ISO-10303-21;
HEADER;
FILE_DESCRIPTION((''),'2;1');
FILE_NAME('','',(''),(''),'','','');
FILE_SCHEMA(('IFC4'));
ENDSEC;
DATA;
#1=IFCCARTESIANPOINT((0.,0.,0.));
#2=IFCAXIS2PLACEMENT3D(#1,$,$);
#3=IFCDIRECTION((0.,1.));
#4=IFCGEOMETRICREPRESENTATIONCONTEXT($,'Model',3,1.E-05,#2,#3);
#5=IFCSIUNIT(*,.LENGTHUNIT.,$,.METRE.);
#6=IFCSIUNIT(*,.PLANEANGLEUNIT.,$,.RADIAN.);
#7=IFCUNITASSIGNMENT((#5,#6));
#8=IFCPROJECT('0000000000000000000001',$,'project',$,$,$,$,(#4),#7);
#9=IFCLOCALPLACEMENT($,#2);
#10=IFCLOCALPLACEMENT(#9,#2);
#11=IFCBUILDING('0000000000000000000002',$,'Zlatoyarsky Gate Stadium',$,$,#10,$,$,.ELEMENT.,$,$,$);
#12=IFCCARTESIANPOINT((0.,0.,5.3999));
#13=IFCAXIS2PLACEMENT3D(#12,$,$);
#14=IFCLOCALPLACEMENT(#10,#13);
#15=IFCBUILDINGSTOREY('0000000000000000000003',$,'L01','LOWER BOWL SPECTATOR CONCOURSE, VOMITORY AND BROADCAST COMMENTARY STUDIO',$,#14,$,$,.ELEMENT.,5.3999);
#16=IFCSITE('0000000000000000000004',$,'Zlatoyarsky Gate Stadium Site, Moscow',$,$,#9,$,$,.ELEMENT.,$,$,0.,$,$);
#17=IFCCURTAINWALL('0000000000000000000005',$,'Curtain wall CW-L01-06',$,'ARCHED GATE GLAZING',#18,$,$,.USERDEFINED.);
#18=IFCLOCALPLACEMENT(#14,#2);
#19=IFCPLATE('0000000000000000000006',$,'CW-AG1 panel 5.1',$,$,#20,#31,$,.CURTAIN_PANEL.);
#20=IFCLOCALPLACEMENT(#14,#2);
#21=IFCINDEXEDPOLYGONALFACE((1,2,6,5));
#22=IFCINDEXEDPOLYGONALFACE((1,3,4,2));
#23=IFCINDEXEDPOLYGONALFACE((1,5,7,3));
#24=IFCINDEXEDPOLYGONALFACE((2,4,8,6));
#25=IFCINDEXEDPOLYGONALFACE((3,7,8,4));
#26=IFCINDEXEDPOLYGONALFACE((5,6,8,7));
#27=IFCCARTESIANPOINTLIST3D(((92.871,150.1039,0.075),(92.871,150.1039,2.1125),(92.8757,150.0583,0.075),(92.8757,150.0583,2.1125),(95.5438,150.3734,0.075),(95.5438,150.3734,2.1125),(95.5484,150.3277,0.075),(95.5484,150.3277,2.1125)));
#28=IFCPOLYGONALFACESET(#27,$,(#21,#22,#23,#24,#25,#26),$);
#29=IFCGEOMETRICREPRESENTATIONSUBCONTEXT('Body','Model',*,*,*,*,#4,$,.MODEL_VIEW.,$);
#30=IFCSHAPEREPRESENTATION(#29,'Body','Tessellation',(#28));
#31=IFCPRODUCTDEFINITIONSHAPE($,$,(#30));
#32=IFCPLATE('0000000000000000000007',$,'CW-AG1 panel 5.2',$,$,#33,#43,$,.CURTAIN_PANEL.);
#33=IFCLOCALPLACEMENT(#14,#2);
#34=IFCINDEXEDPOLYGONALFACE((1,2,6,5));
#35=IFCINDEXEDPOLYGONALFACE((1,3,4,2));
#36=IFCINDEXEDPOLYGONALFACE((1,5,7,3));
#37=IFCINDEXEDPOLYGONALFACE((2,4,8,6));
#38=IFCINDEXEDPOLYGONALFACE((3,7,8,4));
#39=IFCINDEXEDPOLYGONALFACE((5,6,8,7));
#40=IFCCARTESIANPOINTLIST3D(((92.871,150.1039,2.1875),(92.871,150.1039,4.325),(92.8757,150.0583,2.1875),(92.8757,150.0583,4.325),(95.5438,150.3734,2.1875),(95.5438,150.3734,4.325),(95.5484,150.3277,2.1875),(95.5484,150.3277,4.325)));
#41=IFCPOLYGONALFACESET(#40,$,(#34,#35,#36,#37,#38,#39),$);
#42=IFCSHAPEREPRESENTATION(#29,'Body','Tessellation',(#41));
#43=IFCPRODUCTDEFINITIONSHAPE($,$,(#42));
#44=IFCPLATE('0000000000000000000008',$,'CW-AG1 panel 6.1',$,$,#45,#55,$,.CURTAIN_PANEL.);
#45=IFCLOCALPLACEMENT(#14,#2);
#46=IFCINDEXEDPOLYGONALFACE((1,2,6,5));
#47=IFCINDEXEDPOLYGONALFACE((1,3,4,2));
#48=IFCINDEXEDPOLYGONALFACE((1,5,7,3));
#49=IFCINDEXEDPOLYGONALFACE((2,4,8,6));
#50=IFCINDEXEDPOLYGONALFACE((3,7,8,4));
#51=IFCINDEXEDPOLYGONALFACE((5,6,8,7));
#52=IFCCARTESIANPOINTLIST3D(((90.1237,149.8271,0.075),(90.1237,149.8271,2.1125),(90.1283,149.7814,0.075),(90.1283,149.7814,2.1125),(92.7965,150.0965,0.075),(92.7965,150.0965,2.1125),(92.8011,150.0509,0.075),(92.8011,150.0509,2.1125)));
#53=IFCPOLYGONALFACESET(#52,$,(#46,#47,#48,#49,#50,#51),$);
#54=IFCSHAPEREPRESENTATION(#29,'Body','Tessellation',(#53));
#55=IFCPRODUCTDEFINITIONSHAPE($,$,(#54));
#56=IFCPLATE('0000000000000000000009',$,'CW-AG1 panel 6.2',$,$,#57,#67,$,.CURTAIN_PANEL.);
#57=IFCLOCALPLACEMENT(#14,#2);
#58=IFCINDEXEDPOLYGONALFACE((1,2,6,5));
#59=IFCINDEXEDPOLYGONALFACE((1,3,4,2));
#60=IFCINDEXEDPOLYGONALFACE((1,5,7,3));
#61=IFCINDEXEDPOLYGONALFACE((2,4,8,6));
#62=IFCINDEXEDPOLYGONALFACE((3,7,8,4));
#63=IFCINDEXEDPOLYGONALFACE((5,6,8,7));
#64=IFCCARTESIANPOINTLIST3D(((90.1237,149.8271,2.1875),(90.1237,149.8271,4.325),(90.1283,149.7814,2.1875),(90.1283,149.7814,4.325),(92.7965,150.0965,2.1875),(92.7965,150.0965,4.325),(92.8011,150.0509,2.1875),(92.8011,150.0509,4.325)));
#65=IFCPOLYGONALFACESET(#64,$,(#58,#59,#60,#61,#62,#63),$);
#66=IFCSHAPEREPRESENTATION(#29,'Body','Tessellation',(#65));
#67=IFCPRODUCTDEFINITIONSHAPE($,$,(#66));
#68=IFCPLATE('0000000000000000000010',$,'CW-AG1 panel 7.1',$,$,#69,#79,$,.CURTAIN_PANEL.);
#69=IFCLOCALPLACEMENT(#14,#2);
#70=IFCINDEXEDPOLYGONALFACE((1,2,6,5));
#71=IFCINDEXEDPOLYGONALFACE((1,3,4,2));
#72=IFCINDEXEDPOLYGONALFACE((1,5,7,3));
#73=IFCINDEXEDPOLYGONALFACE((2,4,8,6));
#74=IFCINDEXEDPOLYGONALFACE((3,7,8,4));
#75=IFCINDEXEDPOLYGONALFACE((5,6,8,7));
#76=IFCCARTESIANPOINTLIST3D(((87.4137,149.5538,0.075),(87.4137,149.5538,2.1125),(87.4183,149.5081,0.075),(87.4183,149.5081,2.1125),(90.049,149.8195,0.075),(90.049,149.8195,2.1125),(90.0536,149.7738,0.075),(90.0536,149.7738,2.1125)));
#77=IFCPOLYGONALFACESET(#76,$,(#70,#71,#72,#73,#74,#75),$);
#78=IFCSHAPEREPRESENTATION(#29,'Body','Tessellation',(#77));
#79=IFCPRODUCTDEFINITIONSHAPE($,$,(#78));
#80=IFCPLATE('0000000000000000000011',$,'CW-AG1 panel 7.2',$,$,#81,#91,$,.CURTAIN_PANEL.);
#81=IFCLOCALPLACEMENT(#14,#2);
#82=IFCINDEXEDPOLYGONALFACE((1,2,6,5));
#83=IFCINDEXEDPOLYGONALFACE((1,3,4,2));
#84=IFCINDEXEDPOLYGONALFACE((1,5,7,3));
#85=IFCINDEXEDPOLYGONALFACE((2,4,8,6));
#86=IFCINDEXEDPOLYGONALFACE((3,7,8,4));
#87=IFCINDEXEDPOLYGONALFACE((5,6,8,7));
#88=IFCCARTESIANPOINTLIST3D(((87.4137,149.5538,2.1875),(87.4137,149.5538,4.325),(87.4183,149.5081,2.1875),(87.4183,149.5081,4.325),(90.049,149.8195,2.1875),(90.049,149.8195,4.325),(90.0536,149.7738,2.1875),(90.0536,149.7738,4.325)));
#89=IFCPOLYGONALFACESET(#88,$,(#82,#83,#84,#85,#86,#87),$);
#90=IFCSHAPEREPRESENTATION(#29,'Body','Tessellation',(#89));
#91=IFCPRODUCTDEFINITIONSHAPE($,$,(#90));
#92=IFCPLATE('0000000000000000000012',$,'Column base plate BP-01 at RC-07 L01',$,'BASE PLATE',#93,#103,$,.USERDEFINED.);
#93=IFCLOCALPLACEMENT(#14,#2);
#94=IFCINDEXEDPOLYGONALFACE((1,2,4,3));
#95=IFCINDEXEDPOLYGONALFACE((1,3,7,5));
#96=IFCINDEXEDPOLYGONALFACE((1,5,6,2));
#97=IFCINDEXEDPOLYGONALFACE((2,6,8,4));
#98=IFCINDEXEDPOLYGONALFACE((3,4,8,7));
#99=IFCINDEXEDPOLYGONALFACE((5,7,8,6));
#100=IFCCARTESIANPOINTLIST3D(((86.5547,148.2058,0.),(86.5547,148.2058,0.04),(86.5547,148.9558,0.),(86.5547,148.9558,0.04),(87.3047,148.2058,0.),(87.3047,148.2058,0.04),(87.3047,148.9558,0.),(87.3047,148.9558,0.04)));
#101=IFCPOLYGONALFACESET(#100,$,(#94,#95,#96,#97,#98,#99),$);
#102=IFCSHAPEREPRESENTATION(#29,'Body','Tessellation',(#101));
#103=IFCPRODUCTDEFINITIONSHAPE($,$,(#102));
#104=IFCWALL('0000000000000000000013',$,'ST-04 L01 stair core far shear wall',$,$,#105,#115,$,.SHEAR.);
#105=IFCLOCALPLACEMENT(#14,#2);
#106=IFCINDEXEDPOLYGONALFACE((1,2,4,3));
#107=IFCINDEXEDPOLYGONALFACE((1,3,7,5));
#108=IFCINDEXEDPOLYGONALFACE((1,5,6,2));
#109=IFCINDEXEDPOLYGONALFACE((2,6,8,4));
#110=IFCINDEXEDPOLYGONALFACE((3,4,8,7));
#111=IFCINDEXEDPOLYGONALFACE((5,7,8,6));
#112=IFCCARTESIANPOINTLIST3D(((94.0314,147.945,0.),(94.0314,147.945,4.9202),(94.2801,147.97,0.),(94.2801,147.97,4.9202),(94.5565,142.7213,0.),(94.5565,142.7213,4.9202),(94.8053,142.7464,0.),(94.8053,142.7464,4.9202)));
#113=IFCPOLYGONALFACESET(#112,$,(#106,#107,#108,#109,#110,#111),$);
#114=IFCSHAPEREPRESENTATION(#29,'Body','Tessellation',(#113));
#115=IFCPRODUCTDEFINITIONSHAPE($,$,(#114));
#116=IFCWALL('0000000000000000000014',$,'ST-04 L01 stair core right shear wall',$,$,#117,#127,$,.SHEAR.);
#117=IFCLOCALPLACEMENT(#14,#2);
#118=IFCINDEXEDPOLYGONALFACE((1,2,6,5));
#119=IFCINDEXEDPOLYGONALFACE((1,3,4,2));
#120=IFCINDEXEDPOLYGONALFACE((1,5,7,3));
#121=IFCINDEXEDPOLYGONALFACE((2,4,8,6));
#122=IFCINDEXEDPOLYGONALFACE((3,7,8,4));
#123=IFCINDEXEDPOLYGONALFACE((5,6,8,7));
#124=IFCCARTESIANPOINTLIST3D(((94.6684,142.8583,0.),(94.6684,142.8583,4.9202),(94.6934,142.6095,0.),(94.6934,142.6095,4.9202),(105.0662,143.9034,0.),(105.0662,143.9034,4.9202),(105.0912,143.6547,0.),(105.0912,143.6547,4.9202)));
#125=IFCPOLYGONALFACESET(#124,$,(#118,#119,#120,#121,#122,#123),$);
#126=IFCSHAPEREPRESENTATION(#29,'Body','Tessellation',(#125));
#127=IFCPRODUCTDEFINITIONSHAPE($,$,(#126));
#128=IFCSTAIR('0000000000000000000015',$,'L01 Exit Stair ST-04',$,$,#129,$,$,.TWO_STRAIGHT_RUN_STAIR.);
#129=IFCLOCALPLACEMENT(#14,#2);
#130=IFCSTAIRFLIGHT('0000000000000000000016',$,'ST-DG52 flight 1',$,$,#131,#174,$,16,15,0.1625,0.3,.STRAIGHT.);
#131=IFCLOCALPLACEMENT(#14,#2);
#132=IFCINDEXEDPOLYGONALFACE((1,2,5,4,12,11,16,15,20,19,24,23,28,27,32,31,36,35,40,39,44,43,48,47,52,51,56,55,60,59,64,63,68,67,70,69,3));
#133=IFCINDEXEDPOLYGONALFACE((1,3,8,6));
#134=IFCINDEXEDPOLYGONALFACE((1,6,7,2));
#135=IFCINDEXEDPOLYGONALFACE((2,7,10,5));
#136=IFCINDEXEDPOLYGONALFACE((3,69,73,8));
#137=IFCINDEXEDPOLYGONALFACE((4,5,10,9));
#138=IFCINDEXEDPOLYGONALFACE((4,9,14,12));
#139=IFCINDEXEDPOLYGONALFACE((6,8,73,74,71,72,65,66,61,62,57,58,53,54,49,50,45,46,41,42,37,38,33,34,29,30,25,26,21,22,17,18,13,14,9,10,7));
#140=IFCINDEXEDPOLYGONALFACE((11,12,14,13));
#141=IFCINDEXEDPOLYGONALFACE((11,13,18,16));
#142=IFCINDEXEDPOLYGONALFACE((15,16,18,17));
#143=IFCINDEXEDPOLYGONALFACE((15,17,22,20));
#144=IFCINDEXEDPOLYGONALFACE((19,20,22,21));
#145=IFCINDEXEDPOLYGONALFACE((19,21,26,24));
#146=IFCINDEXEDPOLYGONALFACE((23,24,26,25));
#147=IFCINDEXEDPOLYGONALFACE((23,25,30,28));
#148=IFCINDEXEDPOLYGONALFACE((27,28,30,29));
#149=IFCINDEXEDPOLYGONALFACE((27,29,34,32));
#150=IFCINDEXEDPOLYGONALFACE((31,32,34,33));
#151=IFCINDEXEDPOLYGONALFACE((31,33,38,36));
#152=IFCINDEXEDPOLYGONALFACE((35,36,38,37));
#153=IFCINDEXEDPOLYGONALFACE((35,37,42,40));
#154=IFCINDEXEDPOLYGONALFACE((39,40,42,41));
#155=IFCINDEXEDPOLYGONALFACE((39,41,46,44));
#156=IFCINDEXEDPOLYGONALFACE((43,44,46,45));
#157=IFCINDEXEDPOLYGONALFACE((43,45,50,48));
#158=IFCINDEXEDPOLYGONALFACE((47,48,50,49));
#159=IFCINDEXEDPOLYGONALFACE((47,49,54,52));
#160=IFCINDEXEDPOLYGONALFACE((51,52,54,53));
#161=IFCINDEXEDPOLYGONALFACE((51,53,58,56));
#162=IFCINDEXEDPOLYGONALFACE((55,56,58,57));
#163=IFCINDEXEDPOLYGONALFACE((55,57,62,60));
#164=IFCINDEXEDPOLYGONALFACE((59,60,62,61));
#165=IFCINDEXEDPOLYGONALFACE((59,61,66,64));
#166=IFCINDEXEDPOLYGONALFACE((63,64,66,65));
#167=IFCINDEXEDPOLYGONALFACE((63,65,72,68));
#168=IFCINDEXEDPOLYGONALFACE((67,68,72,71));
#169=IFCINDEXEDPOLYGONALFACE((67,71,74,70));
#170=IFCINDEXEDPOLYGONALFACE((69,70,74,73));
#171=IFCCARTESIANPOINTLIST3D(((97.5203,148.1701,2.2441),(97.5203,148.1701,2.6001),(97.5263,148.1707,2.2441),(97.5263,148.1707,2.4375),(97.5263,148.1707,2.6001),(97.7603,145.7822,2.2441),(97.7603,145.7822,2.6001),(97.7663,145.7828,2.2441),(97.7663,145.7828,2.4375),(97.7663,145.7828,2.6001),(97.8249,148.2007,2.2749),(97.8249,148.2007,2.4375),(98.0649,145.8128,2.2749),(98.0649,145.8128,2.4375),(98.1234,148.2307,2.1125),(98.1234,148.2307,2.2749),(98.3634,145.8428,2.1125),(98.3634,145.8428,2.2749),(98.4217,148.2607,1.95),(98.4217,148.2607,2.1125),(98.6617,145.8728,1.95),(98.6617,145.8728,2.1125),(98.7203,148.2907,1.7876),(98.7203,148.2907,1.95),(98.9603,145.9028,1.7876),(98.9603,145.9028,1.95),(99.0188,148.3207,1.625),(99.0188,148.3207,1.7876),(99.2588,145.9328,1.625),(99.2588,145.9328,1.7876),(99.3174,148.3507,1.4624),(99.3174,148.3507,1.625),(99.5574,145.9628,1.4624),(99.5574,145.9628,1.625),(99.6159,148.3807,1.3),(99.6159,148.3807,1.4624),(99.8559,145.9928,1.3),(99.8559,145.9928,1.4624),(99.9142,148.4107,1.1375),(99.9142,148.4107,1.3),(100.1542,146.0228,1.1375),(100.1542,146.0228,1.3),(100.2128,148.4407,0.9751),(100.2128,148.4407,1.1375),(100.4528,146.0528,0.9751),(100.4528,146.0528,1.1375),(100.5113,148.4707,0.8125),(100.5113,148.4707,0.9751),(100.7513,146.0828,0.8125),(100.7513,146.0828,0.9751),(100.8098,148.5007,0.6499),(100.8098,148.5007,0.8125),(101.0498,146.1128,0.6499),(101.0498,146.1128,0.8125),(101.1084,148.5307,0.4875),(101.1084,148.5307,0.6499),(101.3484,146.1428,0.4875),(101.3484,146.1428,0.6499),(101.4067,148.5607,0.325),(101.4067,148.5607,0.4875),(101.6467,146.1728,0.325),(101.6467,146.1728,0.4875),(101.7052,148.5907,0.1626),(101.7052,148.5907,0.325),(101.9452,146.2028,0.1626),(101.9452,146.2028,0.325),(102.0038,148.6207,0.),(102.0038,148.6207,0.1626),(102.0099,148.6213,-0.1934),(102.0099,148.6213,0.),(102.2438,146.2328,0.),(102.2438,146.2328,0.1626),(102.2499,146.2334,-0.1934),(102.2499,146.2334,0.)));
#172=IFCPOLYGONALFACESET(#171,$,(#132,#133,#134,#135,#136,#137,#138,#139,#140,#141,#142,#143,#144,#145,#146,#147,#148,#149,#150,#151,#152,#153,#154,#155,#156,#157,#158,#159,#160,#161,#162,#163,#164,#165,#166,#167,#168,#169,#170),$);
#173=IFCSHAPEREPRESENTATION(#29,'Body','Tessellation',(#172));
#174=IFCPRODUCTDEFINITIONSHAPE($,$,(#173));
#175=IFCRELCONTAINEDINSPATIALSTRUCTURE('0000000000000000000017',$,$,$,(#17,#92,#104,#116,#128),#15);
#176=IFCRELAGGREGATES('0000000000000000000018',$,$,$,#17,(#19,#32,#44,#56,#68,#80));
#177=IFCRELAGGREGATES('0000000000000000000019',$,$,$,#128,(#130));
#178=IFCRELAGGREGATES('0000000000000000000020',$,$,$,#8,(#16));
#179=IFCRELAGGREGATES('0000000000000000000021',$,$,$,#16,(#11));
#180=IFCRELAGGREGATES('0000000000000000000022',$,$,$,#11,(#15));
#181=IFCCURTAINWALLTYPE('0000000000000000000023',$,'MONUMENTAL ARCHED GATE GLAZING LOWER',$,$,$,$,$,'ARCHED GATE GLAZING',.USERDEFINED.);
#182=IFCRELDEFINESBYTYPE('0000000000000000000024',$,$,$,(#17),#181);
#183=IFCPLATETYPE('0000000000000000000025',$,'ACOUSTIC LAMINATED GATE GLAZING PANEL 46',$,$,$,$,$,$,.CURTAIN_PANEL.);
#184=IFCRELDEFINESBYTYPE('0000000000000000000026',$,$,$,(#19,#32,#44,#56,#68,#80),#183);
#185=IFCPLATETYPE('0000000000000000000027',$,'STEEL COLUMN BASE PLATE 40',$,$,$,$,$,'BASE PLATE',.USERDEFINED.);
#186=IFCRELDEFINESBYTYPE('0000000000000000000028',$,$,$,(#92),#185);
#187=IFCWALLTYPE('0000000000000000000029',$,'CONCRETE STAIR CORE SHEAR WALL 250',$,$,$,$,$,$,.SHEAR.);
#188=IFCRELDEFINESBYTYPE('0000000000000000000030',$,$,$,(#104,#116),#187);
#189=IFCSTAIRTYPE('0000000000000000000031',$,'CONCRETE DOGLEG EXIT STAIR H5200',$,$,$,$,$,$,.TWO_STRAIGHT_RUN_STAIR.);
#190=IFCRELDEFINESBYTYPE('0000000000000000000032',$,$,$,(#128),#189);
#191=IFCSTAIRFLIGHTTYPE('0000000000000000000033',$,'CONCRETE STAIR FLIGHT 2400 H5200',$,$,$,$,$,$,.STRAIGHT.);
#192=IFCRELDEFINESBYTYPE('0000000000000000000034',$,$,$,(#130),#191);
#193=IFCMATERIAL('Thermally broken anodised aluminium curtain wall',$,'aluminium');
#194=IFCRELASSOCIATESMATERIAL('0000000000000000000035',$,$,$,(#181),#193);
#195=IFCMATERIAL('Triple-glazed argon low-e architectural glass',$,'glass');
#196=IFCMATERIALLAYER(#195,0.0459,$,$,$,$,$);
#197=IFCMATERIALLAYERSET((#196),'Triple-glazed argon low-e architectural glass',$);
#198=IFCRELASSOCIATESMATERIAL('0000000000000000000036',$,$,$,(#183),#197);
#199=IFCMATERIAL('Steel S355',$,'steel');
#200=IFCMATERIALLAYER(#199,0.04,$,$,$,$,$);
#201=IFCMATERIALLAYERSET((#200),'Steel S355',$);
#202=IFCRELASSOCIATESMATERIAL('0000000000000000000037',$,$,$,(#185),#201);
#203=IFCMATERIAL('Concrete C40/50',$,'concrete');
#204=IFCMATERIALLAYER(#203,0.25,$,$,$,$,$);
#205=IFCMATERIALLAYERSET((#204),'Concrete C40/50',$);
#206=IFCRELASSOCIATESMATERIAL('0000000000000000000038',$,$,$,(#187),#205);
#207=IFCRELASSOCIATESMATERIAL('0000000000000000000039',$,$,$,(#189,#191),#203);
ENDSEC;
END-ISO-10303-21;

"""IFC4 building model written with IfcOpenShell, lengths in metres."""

from ifc_helpers import new_model, si_unit, direction, frame, frame_2d, origin, origin_2d, place, context, subcontext, project, spatial, polyline, rectangle, outline, extrude, material, layer, layer_set, type_object, element, aggregate, save


model = new_model("IFC4")

# Units and contexts
model_context = context("Model", 3, precision=1e-05, world=origin(), true_north=direction((0.0, 1.0)))
body_context = subcontext(model_context, "Body", "Model", "MODEL_VIEW")
ifc_project = project(units=[si_unit("LENGTHUNIT", "METRE"), si_unit("PLANEANGLEUNIT", "RADIAN")], contexts=[model_context])

# Site, building, storey
site_placement = place(None, origin())
site = spatial("IfcSite", under=ifc_project, at=site_placement, Name="Zlatoyarsky Gate Stadium Site, Moscow", CompositionType="ELEMENT", RefElevation=0.0)
building_placement = place(site_placement, origin())
building = spatial("IfcBuilding", under=site, at=building_placement, Name="Zlatoyarsky Gate Stadium", CompositionType="ELEMENT")
storey_placement = place(building_placement, frame((0.0, 0.0, 5.3999)))
storey = spatial("IfcBuildingStorey", under=building, at=storey_placement, Name="L01", Description="LOWER BOWL SPECTATOR CONCOURSE, VOMITORY AND BROADCAST COMMENTARY STUDIO", CompositionType="ELEMENT", Elevation=5.3999)

# Shared definitions
ifc_material_1 = material(Name="Steel S355", Category="steel")

# Curtain wall, plates
ifc_material_2 = material(Name="Thermally broken anodised aluminium curtain wall", Category="aluminium")
curtain_wall_type = type_object("IfcCurtainWallType", Name="MONUMENTAL ARCHED GATE GLAZING LOWER", ElementType="ARCHED GATE GLAZING", PredefinedType="USERDEFINED", material=ifc_material_2)
curtain_wall_placement = place(storey_placement, origin())
curtain_wall = element("IfcCurtainWall", 1, at=curtain_wall_placement, inside=storey, type_object=curtain_wall_type, Name="Curtain wall CW-L01-06", ObjectType="ARCHED GATE GLAZING", PredefinedType="USERDEFINED")
ifc_material_3 = material(Name="Triple-glazed argon low-e architectural glass", Category="glass")
ifc_layer_1 = layer(ifc_material_3, 0.0459)
ifc_layer_set_1 = layer_set([ifc_layer_1], Name="Triple-glazed argon low-e architectural glass")
plate_type_1 = type_object("IfcPlateType", Name="ACOUSTIC LAMINATED GATE GLAZING PANEL 46", PredefinedType="CURTAIN_PANEL", material=ifc_layer_set_1)
plate_1_placement = place(storey_placement, frame((94.2097, 150.2158, 0.075), z_axis=(0.0, 0.0, 1.0), x_axis=(-0.994957, -0.100303, 0.0)))
plate_1 = element("IfcPlate", 2, at=plate_1_placement, type_object=plate_type_1, Name="CW-AG1 panel 5.1", PredefinedType="CURTAIN_PANEL", context=body_context, shape_type="SweptSolid", body=[
    extrude(rectangle(XDim=2.6863, YDim=0.0459, at=origin_2d()), origin(), (0.0, 0.0, 1.0), 2.0376),
])
plate_2_placement = place(storey_placement, frame((94.2097, 150.2158, 2.1875), z_axis=(0.0, 0.0, 1.0), x_axis=(-0.994957, -0.100303, 0.0)))
plate_2 = element("IfcPlate", 3, at=plate_2_placement, type_object=plate_type_1, Name="CW-AG1 panel 5.2", PredefinedType="CURTAIN_PANEL", context=body_context, shape_type="SweptSolid", body=[
    extrude(rectangle(XDim=2.6863, YDim=0.0459, at=origin_2d()), origin(), (0.0, 0.0, 1.0), 2.1375),
])
plate_3_placement = place(storey_placement, frame((91.4624, 149.939, 0.075), z_axis=(0.0, 0.0, 1.0), x_axis=(-0.994957, -0.100303, 0.0)))
plate_3 = element("IfcPlate", 4, at=plate_3_placement, type_object=plate_type_1, Name="CW-AG1 panel 6.1", PredefinedType="CURTAIN_PANEL", context=body_context, shape_type="SweptSolid", body=[
    extrude(rectangle(XDim=2.6863, YDim=0.0459, at=origin_2d()), origin(), (0.0, 0.0, 1.0), 2.0376),
])
plate_4_placement = place(storey_placement, frame((91.4624, 149.939, 2.1875), z_axis=(0.0, 0.0, 1.0), x_axis=(-0.994957, -0.100303, 0.0)))
plate_4 = element("IfcPlate", 5, at=plate_4_placement, type_object=plate_type_1, Name="CW-AG1 panel 6.2", PredefinedType="CURTAIN_PANEL", context=body_context, shape_type="SweptSolid", body=[
    extrude(rectangle(XDim=2.6863, YDim=0.0459, at=origin_2d()), origin(), (0.0, 0.0, 1.0), 2.1375),
])
plate_5_placement = place(storey_placement, frame((88.7336, 149.6638, 0.075), z_axis=(0.0, 0.0, 1.0), x_axis=(-0.994957, -0.100303, 0.0)))
plate_5 = element("IfcPlate", 6, at=plate_5_placement, type_object=plate_type_1, Name="CW-AG1 panel 7.1", PredefinedType="CURTAIN_PANEL", context=body_context, shape_type="SweptSolid", body=[
    extrude(rectangle(XDim=2.6487, YDim=0.0459, at=origin_2d()), origin(), (0.0, 0.0, 1.0), 2.0376),
])
plate_6_placement = place(storey_placement, frame((88.7336, 149.6638, 2.1875), z_axis=(0.0, 0.0, 1.0), x_axis=(-0.994957, -0.100303, 0.0)))
plate_6 = element("IfcPlate", 7, at=plate_6_placement, type_object=plate_type_1, Name="CW-AG1 panel 7.2", PredefinedType="CURTAIN_PANEL", context=body_context, shape_type="SweptSolid", body=[
    extrude(rectangle(XDim=2.6487, YDim=0.0459, at=origin_2d()), origin(), (0.0, 0.0, 1.0), 2.1375),
])
aggregate(curtain_wall, [plate_1, plate_2, plate_3, plate_4, plate_5, plate_6])

# Plate
ifc_layer_2 = layer(ifc_material_1, 0.04)
ifc_layer_set_2 = layer_set([ifc_layer_2], Name="Steel S355")
plate_type_2 = type_object("IfcPlateType", Name="STEEL COLUMN BASE PLATE 40", ElementType="BASE PLATE", PredefinedType="USERDEFINED", material=ifc_layer_set_2)
plate_7_placement = place(storey_placement, frame((86.9297, 148.5808, 0.0), z_axis=(0.0, 0.0, 1.0), x_axis=(1.0, 0.0, 0.0)))
element("IfcPlate", 8, at=plate_7_placement, inside=storey, type_object=plate_type_2, Name="Column base plate BP-01 at RC-07 L01", ObjectType="BASE PLATE", PredefinedType="USERDEFINED", context=body_context, shape_type="SweptSolid", body=[
    extrude(rectangle(XDim=0.75, YDim=0.75, at=origin_2d()), origin(), (0.0, 0.0, 1.0), 0.04),
])

# Walls
ifc_material_4 = material(Name="Concrete C40/50", Category="concrete")
ifc_layer_3 = layer(ifc_material_4, 0.25)
ifc_layer_set_3 = layer_set([ifc_layer_3], Name="Concrete C40/50")
wall_type = type_object("IfcWallType", Name="CONCRETE STAIR CORE SHEAR WALL 250", PredefinedType="SHEAR", material=ifc_layer_set_3)
wall_1_placement = place(storey_placement, frame((94.1558, 147.9575, 0.0), z_axis=(0.0, 0.0, 1.0), x_axis=(0.100029, -0.994985, 0.0)))
element("IfcWall", 9, at=wall_1_placement, inside=storey, type_object=wall_type, Name="ST-04 L01 stair core far shear wall", PredefinedType="SHEAR", context=body_context, shape_type="SweptSolid", body=[
    extrude(rectangle(XDim=5.25, YDim=0.25, at=frame_2d((2.625, 0.0))), origin(), (0.0, 0.0, 1.0), 4.9202),
])
wall_2_placement = place(storey_placement, frame((94.6809, 142.7339, 0.0), z_axis=(0.0, 0.0, 1.0), x_axis=(0.994986, 0.100015, 0.0)))
element("IfcWall", 10, at=wall_2_placement, inside=storey, type_object=wall_type, Name="ST-04 L01 stair core right shear wall", PredefinedType="SHEAR", context=body_context, shape_type="SweptSolid", body=[
    extrude(rectangle(XDim=10.4502, YDim=0.25, at=frame_2d((5.2251, 0.0))), origin(), (0.0, 0.0, 1.0), 4.9202),
])

# Stair, stair flight
stair_type = type_object("IfcStairType", Name="CONCRETE DOGLEG EXIT STAIR H5200", PredefinedType="TWO_STRAIGHT_RUN_STAIR", material=ifc_material_4)
stair_placement = place(storey_placement, origin())
stair = element("IfcStair", 11, at=stair_placement, inside=storey, type_object=stair_type, Name="L01 Exit Stair ST-04", PredefinedType="TWO_STRAIGHT_RUN_STAIR")
stair_flight_type = type_object("IfcStairFlightType", Name="CONCRETE STAIR FLIGHT 2400 H5200", PredefinedType="STRAIGHT", material=ifc_material_4)
stair_flight_1_placement = place(storey_placement, frame((102.1238, 147.4268, 0.0), z_axis=(0.0, 0.0, 1.0), x_axis=(-0.994987, -0.100006, 0.0)))
stair_flight_1 = element("IfcStairFlight", 12, at=stair_flight_1_placement, type_object=stair_flight_type, Name="ST-DG52 flight 1", NumberOfRisers=16, NumberOfTreads=15, PredefinedType="STRAIGHT", RiserHeight=0.1625, TreadLength=0.3, context=body_context, shape_type="SweptSolid", body=[
    extrude(outline(polyline([(-0.0061, -0.1934), (-0.0061, 0.0), (0.0, 0.0), (0.0, 0.1626), (0.3, 0.1626), (0.3, 0.325), (0.6001, 0.325), (0.6001, 0.4875), (0.8999, 0.4875), (0.8999, 0.6499), (1.2, 0.6499), (1.2, 0.8125), (1.5, 0.8125), (1.5, 0.9751), (1.8, 0.9751), (1.8, 1.1375), (2.1001, 1.1375), (2.1001, 1.3), (2.3999, 1.3), (2.3999, 1.4624), (2.7, 1.4624), (2.7, 1.625), (3.0, 1.625), (3.0, 1.7876), (3.3, 1.7876), (3.3, 1.95), (3.6001, 1.95), (3.6001, 2.1125), (3.8999, 2.1125), (3.8999, 2.2749), (4.2, 2.2749), (4.2, 2.4375), (4.5, 2.4375), (4.5, 2.6001), (4.5061, 2.6001), (4.5061, 2.2441), (4.5, 2.2441), (-0.0061, -0.1934)])), frame((0.0, 1.2, 0.0), z_axis=(0.0, -1.0, 0.0), x_axis=(1.0, 0.0, 0.0)), (0.0, 0.0, 1.0), 2.3999),
])
aggregate(stair, [stair_flight_1])

save(model, "model.ifc")
